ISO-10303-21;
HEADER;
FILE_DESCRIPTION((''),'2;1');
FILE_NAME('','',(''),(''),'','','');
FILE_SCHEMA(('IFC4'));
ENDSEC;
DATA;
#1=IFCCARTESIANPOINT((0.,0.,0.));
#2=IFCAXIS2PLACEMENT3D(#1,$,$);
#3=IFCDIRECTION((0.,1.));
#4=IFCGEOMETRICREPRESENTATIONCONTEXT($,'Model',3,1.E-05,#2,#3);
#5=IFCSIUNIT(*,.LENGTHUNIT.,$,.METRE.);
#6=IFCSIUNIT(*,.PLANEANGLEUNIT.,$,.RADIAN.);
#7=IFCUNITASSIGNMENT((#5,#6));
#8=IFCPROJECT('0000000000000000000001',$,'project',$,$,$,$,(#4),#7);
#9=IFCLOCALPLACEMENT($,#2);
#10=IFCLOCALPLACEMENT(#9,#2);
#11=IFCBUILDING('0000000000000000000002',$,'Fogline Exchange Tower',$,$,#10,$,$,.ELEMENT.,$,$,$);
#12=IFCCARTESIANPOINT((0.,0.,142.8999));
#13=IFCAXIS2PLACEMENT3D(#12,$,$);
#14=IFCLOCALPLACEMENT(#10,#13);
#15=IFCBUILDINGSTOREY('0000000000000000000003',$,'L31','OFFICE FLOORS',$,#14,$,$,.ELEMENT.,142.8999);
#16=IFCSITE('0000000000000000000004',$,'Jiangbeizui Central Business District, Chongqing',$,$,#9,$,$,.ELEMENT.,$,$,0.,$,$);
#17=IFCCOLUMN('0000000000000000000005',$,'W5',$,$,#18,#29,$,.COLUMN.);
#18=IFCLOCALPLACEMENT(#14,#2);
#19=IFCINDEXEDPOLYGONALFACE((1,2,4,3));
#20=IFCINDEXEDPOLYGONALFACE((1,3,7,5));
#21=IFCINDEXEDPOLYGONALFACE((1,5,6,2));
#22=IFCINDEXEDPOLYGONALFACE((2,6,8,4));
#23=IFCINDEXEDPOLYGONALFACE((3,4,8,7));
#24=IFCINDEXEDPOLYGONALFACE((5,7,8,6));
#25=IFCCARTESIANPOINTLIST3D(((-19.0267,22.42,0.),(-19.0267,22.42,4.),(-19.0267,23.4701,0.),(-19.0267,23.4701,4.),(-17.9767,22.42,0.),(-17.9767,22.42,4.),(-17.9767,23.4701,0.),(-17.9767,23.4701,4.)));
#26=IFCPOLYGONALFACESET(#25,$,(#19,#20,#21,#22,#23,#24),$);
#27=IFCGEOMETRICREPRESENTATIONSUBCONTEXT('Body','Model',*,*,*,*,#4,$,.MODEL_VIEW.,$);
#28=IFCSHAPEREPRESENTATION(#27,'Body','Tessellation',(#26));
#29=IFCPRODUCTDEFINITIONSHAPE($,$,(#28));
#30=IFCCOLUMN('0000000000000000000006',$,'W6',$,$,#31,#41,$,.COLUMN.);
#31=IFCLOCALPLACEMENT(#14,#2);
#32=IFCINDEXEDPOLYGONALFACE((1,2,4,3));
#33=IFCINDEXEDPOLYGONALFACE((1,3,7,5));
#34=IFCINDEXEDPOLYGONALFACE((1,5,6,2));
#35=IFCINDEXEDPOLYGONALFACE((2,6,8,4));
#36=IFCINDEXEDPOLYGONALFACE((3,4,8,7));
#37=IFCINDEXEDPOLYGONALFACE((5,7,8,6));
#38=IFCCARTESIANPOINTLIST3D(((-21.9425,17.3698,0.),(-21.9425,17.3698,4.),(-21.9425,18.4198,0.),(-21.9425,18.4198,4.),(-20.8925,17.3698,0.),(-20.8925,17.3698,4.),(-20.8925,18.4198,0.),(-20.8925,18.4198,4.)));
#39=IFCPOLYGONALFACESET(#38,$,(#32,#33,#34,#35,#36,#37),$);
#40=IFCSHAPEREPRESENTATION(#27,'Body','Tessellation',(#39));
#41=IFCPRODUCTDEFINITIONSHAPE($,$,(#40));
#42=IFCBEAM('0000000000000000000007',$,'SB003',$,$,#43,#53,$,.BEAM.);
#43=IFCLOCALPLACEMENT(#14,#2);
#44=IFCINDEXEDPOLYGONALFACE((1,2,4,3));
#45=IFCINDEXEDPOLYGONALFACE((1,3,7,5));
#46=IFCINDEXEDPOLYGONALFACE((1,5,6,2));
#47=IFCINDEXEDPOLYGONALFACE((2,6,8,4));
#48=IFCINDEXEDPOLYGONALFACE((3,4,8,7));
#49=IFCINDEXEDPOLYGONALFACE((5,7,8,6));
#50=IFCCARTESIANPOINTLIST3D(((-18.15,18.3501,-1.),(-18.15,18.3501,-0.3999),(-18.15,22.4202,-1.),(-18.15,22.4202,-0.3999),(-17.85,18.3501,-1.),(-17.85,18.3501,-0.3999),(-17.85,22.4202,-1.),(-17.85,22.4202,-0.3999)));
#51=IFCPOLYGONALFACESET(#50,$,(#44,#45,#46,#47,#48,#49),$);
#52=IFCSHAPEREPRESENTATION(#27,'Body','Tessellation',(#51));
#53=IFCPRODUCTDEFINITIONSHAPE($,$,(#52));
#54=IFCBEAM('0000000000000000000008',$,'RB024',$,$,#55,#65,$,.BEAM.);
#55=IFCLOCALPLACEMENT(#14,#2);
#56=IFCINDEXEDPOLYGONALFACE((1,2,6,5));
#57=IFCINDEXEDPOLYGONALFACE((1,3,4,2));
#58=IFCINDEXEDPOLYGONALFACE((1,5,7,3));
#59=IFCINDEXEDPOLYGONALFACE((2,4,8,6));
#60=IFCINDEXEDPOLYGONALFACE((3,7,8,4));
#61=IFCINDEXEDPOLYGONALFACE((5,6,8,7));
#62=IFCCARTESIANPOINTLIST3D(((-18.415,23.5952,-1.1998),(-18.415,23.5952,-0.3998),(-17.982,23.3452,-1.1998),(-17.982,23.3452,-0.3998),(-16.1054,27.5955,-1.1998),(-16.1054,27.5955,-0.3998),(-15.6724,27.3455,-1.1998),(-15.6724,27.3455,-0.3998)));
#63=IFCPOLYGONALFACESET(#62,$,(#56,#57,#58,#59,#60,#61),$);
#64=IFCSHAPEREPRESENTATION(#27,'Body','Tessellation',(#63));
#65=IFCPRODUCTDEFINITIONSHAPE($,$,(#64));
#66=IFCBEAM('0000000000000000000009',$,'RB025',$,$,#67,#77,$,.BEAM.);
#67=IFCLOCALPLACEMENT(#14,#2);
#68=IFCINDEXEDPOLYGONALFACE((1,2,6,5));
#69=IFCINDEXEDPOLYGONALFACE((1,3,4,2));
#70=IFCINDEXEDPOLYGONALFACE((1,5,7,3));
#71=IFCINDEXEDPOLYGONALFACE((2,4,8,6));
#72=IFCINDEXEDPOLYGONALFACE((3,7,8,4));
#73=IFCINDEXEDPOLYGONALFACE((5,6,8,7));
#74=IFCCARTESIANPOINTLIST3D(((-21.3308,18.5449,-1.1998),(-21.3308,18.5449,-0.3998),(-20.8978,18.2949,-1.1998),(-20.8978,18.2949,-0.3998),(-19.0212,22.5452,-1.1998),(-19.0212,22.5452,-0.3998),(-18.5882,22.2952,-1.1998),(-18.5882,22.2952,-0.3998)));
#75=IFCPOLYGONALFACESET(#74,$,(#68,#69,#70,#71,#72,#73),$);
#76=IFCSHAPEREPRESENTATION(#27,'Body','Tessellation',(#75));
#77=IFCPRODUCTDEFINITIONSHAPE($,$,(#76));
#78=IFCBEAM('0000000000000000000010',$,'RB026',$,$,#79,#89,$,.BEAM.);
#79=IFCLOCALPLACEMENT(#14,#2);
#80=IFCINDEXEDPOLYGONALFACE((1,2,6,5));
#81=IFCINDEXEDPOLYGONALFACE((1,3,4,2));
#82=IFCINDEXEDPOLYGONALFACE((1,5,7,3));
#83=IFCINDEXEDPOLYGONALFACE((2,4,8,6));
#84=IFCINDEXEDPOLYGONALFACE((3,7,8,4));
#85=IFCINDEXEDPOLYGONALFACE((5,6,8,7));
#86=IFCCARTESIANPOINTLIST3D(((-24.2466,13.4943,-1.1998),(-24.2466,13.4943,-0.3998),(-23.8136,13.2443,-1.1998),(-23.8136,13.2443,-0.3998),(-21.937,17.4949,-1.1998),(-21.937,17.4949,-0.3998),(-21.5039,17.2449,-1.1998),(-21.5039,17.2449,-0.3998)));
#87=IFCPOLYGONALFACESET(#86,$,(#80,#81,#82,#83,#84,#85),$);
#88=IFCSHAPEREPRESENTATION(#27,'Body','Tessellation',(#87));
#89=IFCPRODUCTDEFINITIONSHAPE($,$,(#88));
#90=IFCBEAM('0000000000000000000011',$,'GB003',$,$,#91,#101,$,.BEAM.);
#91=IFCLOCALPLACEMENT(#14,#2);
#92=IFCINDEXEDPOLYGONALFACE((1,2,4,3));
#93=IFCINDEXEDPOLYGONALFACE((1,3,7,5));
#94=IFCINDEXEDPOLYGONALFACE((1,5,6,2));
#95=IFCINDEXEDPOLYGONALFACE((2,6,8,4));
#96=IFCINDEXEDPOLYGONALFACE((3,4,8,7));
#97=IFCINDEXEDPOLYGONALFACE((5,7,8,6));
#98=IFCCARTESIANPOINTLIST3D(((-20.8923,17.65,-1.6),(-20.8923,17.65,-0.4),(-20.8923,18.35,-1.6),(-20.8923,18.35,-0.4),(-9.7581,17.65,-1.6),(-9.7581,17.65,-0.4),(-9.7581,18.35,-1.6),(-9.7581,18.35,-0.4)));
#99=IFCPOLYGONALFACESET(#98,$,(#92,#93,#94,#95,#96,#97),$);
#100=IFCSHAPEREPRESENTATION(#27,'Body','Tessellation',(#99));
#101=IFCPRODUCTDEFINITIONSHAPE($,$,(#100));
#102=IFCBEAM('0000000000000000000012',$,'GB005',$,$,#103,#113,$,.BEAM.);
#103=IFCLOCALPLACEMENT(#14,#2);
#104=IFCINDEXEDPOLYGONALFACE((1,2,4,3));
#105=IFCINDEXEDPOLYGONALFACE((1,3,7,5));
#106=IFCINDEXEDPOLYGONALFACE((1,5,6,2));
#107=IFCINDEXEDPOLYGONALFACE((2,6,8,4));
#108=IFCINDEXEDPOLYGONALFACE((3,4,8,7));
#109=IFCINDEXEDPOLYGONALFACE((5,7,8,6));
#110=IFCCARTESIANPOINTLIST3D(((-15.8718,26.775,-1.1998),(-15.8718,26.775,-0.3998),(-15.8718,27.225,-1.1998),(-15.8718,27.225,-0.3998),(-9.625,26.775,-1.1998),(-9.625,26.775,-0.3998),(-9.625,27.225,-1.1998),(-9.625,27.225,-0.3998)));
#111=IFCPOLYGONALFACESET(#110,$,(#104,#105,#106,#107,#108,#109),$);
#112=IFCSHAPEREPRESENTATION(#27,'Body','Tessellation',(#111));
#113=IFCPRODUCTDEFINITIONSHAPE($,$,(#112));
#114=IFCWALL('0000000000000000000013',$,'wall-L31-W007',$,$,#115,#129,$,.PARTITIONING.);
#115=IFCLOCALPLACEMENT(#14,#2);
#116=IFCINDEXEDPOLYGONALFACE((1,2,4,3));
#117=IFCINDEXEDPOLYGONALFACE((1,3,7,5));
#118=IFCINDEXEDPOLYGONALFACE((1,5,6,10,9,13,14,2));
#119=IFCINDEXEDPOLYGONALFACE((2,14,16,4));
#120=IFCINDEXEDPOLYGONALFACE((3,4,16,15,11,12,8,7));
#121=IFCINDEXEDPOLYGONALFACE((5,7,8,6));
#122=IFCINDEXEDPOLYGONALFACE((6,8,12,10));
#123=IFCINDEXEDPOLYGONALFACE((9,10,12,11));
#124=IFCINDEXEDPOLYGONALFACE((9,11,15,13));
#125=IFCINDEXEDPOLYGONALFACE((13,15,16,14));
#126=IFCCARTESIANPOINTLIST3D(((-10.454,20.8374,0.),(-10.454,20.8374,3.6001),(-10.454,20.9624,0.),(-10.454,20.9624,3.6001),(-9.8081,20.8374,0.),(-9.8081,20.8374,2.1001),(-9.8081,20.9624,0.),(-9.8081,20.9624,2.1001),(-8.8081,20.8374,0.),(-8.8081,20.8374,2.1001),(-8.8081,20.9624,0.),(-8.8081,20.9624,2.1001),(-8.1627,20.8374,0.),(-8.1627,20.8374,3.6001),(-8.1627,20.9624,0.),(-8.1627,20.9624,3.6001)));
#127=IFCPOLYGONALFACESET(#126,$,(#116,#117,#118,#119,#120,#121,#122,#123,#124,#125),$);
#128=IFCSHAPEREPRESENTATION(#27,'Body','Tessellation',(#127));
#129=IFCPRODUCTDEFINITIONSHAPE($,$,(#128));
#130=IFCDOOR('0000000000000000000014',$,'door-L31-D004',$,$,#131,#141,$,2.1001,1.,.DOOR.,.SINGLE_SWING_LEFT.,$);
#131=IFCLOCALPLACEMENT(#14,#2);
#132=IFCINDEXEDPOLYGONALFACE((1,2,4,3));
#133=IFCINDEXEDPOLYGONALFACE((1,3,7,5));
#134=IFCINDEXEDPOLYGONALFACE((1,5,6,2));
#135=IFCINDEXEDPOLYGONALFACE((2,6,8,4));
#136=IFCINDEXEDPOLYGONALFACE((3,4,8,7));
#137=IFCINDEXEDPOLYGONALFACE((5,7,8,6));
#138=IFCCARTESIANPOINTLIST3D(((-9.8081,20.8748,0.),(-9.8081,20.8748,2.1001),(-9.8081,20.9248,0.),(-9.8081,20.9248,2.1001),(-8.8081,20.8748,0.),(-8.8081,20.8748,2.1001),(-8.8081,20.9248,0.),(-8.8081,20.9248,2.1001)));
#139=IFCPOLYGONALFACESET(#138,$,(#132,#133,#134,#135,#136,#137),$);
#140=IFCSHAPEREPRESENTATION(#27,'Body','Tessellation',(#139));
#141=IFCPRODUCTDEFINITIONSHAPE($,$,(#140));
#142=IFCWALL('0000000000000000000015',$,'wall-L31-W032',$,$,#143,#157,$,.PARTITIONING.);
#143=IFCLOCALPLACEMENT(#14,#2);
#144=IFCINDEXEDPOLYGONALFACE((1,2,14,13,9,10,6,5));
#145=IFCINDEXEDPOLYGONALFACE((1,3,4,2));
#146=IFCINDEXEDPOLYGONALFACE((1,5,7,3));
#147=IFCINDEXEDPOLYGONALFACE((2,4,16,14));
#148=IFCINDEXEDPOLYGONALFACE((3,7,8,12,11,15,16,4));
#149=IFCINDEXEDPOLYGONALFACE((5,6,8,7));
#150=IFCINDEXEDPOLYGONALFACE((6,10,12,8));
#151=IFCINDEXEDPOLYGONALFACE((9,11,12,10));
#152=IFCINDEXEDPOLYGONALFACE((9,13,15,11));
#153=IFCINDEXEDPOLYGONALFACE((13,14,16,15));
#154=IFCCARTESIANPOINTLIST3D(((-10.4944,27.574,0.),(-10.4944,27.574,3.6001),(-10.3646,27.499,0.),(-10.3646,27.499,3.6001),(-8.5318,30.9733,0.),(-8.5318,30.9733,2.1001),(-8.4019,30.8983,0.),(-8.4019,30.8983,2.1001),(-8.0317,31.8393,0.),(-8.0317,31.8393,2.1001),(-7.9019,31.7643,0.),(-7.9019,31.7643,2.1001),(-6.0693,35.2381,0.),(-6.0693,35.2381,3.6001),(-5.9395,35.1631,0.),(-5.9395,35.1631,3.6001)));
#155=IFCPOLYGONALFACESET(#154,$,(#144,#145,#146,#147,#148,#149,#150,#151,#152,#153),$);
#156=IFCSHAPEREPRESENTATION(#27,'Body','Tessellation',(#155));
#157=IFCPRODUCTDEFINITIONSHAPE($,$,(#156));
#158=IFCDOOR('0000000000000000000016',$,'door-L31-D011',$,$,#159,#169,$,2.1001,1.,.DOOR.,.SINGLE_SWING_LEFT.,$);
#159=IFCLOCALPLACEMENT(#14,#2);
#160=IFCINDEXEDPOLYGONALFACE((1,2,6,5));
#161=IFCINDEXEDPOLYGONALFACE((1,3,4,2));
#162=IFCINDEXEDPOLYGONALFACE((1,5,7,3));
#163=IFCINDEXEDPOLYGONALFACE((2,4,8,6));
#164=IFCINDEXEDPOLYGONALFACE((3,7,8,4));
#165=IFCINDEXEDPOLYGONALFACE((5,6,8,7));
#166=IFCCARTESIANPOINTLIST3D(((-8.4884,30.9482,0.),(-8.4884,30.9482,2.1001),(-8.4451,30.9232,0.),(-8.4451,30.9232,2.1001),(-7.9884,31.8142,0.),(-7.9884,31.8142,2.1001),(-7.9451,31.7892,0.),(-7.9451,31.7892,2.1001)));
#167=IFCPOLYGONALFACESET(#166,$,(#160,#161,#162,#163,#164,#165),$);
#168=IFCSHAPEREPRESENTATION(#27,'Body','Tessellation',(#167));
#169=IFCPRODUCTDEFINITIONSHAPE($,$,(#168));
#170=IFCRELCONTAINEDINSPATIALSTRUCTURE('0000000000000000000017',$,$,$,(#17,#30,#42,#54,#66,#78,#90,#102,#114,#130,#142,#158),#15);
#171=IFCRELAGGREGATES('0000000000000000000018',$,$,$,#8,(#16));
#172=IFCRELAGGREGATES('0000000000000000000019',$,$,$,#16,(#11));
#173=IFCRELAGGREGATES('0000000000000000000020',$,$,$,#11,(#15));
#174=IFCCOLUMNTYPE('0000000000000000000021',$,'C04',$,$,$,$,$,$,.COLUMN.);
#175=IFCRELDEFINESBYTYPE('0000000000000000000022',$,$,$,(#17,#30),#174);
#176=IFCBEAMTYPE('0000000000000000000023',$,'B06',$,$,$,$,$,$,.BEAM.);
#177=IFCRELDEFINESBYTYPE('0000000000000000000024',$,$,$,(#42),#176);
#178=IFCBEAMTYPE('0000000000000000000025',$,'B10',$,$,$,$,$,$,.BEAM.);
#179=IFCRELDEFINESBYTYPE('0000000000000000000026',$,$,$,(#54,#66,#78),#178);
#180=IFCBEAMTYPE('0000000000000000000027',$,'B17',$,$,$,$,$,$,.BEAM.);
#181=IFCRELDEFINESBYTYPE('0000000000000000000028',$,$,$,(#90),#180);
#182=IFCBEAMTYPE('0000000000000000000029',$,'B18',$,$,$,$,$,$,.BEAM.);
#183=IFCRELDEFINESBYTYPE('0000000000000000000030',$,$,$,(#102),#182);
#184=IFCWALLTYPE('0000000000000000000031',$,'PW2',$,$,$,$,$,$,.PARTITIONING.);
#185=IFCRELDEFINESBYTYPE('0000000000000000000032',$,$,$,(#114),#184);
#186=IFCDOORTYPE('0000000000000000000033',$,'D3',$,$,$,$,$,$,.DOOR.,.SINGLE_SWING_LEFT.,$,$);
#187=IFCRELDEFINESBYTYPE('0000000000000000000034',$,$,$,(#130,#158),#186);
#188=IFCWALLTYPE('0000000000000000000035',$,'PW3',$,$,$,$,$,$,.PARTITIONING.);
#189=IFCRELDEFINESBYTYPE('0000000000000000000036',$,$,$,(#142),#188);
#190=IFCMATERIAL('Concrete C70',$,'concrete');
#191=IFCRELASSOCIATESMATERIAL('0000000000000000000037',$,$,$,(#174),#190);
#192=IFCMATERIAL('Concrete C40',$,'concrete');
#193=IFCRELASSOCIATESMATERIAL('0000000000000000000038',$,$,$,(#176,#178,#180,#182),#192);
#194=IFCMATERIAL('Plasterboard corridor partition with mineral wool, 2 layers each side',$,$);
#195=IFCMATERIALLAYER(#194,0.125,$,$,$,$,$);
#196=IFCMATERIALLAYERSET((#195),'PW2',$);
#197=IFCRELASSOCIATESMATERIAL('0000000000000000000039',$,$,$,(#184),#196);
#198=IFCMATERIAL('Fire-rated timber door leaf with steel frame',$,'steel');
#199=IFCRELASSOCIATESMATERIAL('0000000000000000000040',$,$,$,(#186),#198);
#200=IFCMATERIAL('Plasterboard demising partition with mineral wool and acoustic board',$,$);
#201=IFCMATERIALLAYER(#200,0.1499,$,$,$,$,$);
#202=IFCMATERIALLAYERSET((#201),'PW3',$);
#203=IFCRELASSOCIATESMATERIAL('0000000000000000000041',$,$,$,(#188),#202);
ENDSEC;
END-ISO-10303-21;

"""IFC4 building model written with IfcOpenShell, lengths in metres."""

from ifc_helpers import new_model, si_unit, direction, frame, frame_2d, origin, origin_2d, place, context, subcontext, project, spatial, rectangle, extrude, material, layer, layer_set, material_profile, profile_set, type_object, element, fill, save


model = new_model("IFC4")

# Units and contexts
model_context = context("Model", 3, precision=1e-05, world=origin(), true_north=direction((0.0, 1.0)))
body_context = subcontext(model_context, "Body", "Model", "MODEL_VIEW")
ifc_project = project(units=[si_unit("LENGTHUNIT", "METRE"), si_unit("PLANEANGLEUNIT", "RADIAN")], contexts=[model_context])

# Site, building, storey
site_placement = place(None, origin())
site = spatial("IfcSite", under=ifc_project, at=site_placement, Name="Jiangbeizui Central Business District, Chongqing", CompositionType="ELEMENT", RefElevation=0.0)
building_placement = place(site_placement, origin())
building = spatial("IfcBuilding", under=site, at=building_placement, Name="Fogline Exchange Tower", CompositionType="ELEMENT")
storey_placement = place(building_placement, frame((0.0, 0.0, 142.8999)))
storey = spatial("IfcBuildingStorey", under=building, at=storey_placement, Name="L31", Description="OFFICE FLOORS", CompositionType="ELEMENT", Elevation=142.8999)

# Columns
ifc_material_1 = material(Name="Concrete C70", Category="concrete")
ifc_material_profile_1 = material_profile(ifc_material_1, rectangle(XDim=1.05, YDim=1.05, at=origin_2d()), Name="RC 1050x1050")
ifc_profile_set_1 = profile_set([ifc_material_profile_1], Name="Concrete C70")
column_type = type_object("IfcColumnType", Name="C04", PredefinedType="COLUMN", material=ifc_profile_set_1)
for number, where, z_axis, x_axis, name in (
    (1, (-18.5017, 22.9451, 0.0), (0.0, 0.0, 1.0), (1.0, 0.0, 0.0), "W5"),
    (2, (-21.4175, 17.8948, 0.0), (0.0, 0.0, 1.0), (1.0, 0.0, 0.0), "W6"),
):
    element("IfcColumn", number, at=place(storey_placement, frame(where, z_axis=z_axis, x_axis=x_axis)), inside=storey, type_object=column_type, Name=name, PredefinedType="COLUMN", context=body_context, shape_type="SweptSolid", body=[
        extrude(rectangle(XDim=1.05, YDim=1.05, at=origin_2d()), origin(), (0.0, 0.0, 1.0), 4.0),
    ])

# Beams
ifc_material_2 = material(Name="Concrete C40", Category="concrete")
ifc_material_profile_2 = material_profile(ifc_material_2, rectangle(XDim=0.3, YDim=0.6001, at=origin_2d()), Name="RC 300x600")
ifc_profile_set_2 = profile_set([ifc_material_profile_2], Name="Concrete C40")
beam_type_1 = type_object("IfcBeamType", Name="B06", PredefinedType="BEAM", material=ifc_profile_set_2)
beam_1_placement = place(storey_placement, frame((-18.0, 18.3501, -0.7), z_axis=(0.0, 1.0, 0.0), x_axis=(-1.0, 0.0, 0.0)))
element("IfcBeam", 3, at=beam_1_placement, inside=storey, type_object=beam_type_1, Name="SB003", PredefinedType="BEAM", context=body_context, shape_type="SweptSolid", body=[
    extrude(rectangle(XDim=0.3, YDim=0.6001, at=origin_2d()), origin(), (0.0, 0.0, 1.0), 4.0701),
])
ifc_material_profile_3 = material_profile(ifc_material_2, rectangle(XDim=0.5, YDim=0.8, at=origin_2d()), Name="RC 500x800")
ifc_profile_set_3 = profile_set([ifc_material_profile_3], Name="Concrete C40")
beam_type_2 = type_object("IfcBeamType", Name="B10", PredefinedType="BEAM", material=ifc_profile_set_3)
for number, where, z_axis, x_axis, name in (
    (4, (-15.8889, 27.4705, -0.7998), (-0.500005, -0.866023, 0.0), (0.866023, -0.500005, 0.0), "RB024"),
    (5, (-18.8047, 22.4202, -0.7998), (-0.500005, -0.866023, 0.0), (0.866023, -0.500005, 0.0), "RB025"),
):
    element("IfcBeam", number, at=place(storey_placement, frame(where, z_axis=z_axis, x_axis=x_axis)), inside=storey, type_object=beam_type_2, Name=name, PredefinedType="BEAM", context=body_context, shape_type="SweptSolid", body=[
        extrude(rectangle(XDim=0.5, YDim=0.8, at=origin_2d()), origin(), (0.0, 0.0, 1.0), 4.6191),
    ])
beam_2_placement = place(storey_placement, frame((-21.7205, 17.3699, -0.7998), z_axis=(-0.499982, -0.866036, 0.0), x_axis=(0.866036, -0.499982, 0.0)))
element("IfcBeam", 6, at=beam_2_placement, inside=storey, type_object=beam_type_2, Name="RB026", PredefinedType="BEAM", context=body_context, shape_type="SweptSolid", body=[
    extrude(rectangle(XDim=0.5, YDim=0.8, at=origin_2d()), origin(), (0.0, 0.0, 1.0), 4.6194),
])
ifc_material_profile_4 = material_profile(ifc_material_2, rectangle(XDim=0.7, YDim=1.2, at=origin_2d()), Name="RC 700x1200")
ifc_profile_set_4 = profile_set([ifc_material_profile_4], Name="Concrete C40")
beam_type_3 = type_object("IfcBeamType", Name="B17", PredefinedType="BEAM", material=ifc_profile_set_4)
beam_3_placement = place(storey_placement, frame((-20.8923, 18.0, -1.0), z_axis=(1.0, 0.0, 0.0), x_axis=(0.0, 1.0, 0.0)))
element("IfcBeam", 7, at=beam_3_placement, inside=storey, type_object=beam_type_3, Name="GB003", PredefinedType="BEAM", context=body_context, shape_type="SweptSolid", body=[
    extrude(rectangle(XDim=0.7, YDim=1.2, at=origin_2d()), origin(), (0.0, 0.0, 1.0), 11.1343),
])
ifc_material_profile_5 = material_profile(ifc_material_2, rectangle(XDim=0.45, YDim=0.8, at=origin_2d()), Name="RC 450x800")
ifc_profile_set_5 = profile_set([ifc_material_profile_5], Name="Concrete C40")
beam_type_4 = type_object("IfcBeamType", Name="B18", PredefinedType="BEAM", material=ifc_profile_set_5)
beam_4_placement = place(storey_placement, frame((-15.8718, 27.0, -0.7998), z_axis=(1.0, 0.0, 0.0), x_axis=(0.0, 1.0, 0.0)))
element("IfcBeam", 8, at=beam_4_placement, inside=storey, type_object=beam_type_4, Name="GB005", PredefinedType="BEAM", context=body_context, shape_type="SweptSolid", body=[
    extrude(rectangle(XDim=0.45, YDim=0.8, at=origin_2d()), origin(), (0.0, 0.0, 1.0), 6.2468),
])

# Walls, openings, doors
ifc_material_3 = material(Name="Plasterboard corridor partition with mineral wool, 2 layers each side")
ifc_layer_1 = layer(ifc_material_3, 0.125)
ifc_layer_set_1 = layer_set([ifc_layer_1], Name="PW2")
wall_type_1 = type_object("IfcWallType", Name="PW2", PredefinedType="PARTITIONING", material=ifc_layer_set_1)
wall_1_placement = place(storey_placement, frame((-10.4539, 20.8999, 0.0), z_axis=(0.0, 0.0, 1.0), x_axis=(1.0, 0.0, 0.0)))
wall_1 = element("IfcWall", 9, at=wall_1_placement, inside=storey, type_object=wall_type_1, Name="wall-L31-W007", PredefinedType="PARTITIONING", context=body_context, shape_type="SweptSolid", body=[
    extrude(rectangle(XDim=2.2913, YDim=0.125, at=frame_2d((1.1455, 0.0))), origin(), (0.0, 0.0, 1.0), 3.6001),
])
opening_1_placement = place(wall_1_placement, frame((0.6458, 0.0, 0.0)))
opening_1 = element("IfcOpeningElement", 10, at=opening_1_placement, cuts=wall_1, PredefinedType="OPENING", context=body_context, shape_type="SweptSolid", body=[
    extrude(rectangle(XDim=1.0, YDim=2.1001, at=frame_2d((0.5, 1.05))), frame((0.0, 0.0725, 0.0), z_axis=(0.0, -1.0, 0.0), x_axis=(1.0, 0.0, 0.0)), (0.0, 0.0, 1.0), 0.145),
])
ifc_material_4 = material(Name="Fire-rated timber door leaf with steel frame", Category="steel")
door_type = type_object("IfcDoorType", Name="D3", OperationType="SINGLE_SWING_LEFT", PredefinedType="DOOR", material=ifc_material_4)
door_1_placement = place(opening_1_placement, origin())
door_1 = element("IfcDoor", 11, at=door_1_placement, inside=storey, type_object=door_type, Name="door-L31-D004", OperationType="SINGLE_SWING_LEFT", OverallHeight=2.1001, OverallWidth=1.0, PredefinedType="DOOR", context=body_context, shape_type="SweptSolid", body=[
    extrude(rectangle(XDim=1.0, YDim=2.1001, at=frame_2d((0.5, 1.05))), frame((0.0, 0.0249, 0.0), z_axis=(0.0, -1.0, 0.0), x_axis=(1.0, 0.0, 0.0)), (0.0, 0.0, 1.0), 0.05),
])
fill(opening_1, door_1)
ifc_material_5 = material(Name="Plasterboard demising partition with mineral wool and acoustic board")
ifc_layer_2 = layer(ifc_material_5, 0.1499)
ifc_layer_set_2 = layer_set([ifc_layer_2], Name="PW3")
wall_type_2 = type_object("IfcWallType", Name="PW3", PredefinedType="PARTITIONING", material=ifc_layer_set_2)
wall_2_placement = place(storey_placement, frame((-10.4294, 27.5366, 0.0), z_axis=(0.0, 0.0, 1.0), x_axis=(0.500017, 0.866016, 0.0)))
wall_2 = element("IfcWall", 12, at=wall_2_placement, inside=storey, type_object=wall_type_2, Name="wall-L31-W032", PredefinedType="PARTITIONING", context=body_context, shape_type="SweptSolid", body=[
    extrude(rectangle(XDim=8.8499, YDim=0.1499, at=frame_2d((4.4248, 0.0))), origin(), (0.0, 0.0, 1.0), 3.6001),
])
opening_2_placement = place(wall_2_placement, frame((3.925, 0.0, 0.0)))
opening_2 = element("IfcOpeningElement", 13, at=opening_2_placement, cuts=wall_2, PredefinedType="OPENING", context=body_context, shape_type="SweptSolid", body=[
    extrude(rectangle(XDim=1.0, YDim=2.1001, at=frame_2d((0.5, 1.05))), frame((0.0, 0.085, 0.0), z_axis=(0.0, -1.0, 0.0), x_axis=(1.0, 0.0, 0.0)), (0.0, 0.0, 1.0), 0.1699),
])
door_2_placement = place(opening_2_placement, origin())
door_2 = element("IfcDoor", 14, at=door_2_placement, inside=storey, type_object=door_type, Name="door-L31-D011", OperationType="SINGLE_SWING_LEFT", OverallHeight=2.1001, OverallWidth=1.0, PredefinedType="DOOR", context=body_context, shape_type="SweptSolid", body=[
    extrude(rectangle(XDim=1.0, YDim=2.1001, at=frame_2d((0.5, 1.05))), frame((0.0, 0.0249, 0.0), z_axis=(0.0, -1.0, 0.0), x_axis=(1.0, 0.0, 0.0)), (0.0, 0.0, 1.0), 0.05),
])
fill(opening_2, door_2)

save(model, "model.ifc")
